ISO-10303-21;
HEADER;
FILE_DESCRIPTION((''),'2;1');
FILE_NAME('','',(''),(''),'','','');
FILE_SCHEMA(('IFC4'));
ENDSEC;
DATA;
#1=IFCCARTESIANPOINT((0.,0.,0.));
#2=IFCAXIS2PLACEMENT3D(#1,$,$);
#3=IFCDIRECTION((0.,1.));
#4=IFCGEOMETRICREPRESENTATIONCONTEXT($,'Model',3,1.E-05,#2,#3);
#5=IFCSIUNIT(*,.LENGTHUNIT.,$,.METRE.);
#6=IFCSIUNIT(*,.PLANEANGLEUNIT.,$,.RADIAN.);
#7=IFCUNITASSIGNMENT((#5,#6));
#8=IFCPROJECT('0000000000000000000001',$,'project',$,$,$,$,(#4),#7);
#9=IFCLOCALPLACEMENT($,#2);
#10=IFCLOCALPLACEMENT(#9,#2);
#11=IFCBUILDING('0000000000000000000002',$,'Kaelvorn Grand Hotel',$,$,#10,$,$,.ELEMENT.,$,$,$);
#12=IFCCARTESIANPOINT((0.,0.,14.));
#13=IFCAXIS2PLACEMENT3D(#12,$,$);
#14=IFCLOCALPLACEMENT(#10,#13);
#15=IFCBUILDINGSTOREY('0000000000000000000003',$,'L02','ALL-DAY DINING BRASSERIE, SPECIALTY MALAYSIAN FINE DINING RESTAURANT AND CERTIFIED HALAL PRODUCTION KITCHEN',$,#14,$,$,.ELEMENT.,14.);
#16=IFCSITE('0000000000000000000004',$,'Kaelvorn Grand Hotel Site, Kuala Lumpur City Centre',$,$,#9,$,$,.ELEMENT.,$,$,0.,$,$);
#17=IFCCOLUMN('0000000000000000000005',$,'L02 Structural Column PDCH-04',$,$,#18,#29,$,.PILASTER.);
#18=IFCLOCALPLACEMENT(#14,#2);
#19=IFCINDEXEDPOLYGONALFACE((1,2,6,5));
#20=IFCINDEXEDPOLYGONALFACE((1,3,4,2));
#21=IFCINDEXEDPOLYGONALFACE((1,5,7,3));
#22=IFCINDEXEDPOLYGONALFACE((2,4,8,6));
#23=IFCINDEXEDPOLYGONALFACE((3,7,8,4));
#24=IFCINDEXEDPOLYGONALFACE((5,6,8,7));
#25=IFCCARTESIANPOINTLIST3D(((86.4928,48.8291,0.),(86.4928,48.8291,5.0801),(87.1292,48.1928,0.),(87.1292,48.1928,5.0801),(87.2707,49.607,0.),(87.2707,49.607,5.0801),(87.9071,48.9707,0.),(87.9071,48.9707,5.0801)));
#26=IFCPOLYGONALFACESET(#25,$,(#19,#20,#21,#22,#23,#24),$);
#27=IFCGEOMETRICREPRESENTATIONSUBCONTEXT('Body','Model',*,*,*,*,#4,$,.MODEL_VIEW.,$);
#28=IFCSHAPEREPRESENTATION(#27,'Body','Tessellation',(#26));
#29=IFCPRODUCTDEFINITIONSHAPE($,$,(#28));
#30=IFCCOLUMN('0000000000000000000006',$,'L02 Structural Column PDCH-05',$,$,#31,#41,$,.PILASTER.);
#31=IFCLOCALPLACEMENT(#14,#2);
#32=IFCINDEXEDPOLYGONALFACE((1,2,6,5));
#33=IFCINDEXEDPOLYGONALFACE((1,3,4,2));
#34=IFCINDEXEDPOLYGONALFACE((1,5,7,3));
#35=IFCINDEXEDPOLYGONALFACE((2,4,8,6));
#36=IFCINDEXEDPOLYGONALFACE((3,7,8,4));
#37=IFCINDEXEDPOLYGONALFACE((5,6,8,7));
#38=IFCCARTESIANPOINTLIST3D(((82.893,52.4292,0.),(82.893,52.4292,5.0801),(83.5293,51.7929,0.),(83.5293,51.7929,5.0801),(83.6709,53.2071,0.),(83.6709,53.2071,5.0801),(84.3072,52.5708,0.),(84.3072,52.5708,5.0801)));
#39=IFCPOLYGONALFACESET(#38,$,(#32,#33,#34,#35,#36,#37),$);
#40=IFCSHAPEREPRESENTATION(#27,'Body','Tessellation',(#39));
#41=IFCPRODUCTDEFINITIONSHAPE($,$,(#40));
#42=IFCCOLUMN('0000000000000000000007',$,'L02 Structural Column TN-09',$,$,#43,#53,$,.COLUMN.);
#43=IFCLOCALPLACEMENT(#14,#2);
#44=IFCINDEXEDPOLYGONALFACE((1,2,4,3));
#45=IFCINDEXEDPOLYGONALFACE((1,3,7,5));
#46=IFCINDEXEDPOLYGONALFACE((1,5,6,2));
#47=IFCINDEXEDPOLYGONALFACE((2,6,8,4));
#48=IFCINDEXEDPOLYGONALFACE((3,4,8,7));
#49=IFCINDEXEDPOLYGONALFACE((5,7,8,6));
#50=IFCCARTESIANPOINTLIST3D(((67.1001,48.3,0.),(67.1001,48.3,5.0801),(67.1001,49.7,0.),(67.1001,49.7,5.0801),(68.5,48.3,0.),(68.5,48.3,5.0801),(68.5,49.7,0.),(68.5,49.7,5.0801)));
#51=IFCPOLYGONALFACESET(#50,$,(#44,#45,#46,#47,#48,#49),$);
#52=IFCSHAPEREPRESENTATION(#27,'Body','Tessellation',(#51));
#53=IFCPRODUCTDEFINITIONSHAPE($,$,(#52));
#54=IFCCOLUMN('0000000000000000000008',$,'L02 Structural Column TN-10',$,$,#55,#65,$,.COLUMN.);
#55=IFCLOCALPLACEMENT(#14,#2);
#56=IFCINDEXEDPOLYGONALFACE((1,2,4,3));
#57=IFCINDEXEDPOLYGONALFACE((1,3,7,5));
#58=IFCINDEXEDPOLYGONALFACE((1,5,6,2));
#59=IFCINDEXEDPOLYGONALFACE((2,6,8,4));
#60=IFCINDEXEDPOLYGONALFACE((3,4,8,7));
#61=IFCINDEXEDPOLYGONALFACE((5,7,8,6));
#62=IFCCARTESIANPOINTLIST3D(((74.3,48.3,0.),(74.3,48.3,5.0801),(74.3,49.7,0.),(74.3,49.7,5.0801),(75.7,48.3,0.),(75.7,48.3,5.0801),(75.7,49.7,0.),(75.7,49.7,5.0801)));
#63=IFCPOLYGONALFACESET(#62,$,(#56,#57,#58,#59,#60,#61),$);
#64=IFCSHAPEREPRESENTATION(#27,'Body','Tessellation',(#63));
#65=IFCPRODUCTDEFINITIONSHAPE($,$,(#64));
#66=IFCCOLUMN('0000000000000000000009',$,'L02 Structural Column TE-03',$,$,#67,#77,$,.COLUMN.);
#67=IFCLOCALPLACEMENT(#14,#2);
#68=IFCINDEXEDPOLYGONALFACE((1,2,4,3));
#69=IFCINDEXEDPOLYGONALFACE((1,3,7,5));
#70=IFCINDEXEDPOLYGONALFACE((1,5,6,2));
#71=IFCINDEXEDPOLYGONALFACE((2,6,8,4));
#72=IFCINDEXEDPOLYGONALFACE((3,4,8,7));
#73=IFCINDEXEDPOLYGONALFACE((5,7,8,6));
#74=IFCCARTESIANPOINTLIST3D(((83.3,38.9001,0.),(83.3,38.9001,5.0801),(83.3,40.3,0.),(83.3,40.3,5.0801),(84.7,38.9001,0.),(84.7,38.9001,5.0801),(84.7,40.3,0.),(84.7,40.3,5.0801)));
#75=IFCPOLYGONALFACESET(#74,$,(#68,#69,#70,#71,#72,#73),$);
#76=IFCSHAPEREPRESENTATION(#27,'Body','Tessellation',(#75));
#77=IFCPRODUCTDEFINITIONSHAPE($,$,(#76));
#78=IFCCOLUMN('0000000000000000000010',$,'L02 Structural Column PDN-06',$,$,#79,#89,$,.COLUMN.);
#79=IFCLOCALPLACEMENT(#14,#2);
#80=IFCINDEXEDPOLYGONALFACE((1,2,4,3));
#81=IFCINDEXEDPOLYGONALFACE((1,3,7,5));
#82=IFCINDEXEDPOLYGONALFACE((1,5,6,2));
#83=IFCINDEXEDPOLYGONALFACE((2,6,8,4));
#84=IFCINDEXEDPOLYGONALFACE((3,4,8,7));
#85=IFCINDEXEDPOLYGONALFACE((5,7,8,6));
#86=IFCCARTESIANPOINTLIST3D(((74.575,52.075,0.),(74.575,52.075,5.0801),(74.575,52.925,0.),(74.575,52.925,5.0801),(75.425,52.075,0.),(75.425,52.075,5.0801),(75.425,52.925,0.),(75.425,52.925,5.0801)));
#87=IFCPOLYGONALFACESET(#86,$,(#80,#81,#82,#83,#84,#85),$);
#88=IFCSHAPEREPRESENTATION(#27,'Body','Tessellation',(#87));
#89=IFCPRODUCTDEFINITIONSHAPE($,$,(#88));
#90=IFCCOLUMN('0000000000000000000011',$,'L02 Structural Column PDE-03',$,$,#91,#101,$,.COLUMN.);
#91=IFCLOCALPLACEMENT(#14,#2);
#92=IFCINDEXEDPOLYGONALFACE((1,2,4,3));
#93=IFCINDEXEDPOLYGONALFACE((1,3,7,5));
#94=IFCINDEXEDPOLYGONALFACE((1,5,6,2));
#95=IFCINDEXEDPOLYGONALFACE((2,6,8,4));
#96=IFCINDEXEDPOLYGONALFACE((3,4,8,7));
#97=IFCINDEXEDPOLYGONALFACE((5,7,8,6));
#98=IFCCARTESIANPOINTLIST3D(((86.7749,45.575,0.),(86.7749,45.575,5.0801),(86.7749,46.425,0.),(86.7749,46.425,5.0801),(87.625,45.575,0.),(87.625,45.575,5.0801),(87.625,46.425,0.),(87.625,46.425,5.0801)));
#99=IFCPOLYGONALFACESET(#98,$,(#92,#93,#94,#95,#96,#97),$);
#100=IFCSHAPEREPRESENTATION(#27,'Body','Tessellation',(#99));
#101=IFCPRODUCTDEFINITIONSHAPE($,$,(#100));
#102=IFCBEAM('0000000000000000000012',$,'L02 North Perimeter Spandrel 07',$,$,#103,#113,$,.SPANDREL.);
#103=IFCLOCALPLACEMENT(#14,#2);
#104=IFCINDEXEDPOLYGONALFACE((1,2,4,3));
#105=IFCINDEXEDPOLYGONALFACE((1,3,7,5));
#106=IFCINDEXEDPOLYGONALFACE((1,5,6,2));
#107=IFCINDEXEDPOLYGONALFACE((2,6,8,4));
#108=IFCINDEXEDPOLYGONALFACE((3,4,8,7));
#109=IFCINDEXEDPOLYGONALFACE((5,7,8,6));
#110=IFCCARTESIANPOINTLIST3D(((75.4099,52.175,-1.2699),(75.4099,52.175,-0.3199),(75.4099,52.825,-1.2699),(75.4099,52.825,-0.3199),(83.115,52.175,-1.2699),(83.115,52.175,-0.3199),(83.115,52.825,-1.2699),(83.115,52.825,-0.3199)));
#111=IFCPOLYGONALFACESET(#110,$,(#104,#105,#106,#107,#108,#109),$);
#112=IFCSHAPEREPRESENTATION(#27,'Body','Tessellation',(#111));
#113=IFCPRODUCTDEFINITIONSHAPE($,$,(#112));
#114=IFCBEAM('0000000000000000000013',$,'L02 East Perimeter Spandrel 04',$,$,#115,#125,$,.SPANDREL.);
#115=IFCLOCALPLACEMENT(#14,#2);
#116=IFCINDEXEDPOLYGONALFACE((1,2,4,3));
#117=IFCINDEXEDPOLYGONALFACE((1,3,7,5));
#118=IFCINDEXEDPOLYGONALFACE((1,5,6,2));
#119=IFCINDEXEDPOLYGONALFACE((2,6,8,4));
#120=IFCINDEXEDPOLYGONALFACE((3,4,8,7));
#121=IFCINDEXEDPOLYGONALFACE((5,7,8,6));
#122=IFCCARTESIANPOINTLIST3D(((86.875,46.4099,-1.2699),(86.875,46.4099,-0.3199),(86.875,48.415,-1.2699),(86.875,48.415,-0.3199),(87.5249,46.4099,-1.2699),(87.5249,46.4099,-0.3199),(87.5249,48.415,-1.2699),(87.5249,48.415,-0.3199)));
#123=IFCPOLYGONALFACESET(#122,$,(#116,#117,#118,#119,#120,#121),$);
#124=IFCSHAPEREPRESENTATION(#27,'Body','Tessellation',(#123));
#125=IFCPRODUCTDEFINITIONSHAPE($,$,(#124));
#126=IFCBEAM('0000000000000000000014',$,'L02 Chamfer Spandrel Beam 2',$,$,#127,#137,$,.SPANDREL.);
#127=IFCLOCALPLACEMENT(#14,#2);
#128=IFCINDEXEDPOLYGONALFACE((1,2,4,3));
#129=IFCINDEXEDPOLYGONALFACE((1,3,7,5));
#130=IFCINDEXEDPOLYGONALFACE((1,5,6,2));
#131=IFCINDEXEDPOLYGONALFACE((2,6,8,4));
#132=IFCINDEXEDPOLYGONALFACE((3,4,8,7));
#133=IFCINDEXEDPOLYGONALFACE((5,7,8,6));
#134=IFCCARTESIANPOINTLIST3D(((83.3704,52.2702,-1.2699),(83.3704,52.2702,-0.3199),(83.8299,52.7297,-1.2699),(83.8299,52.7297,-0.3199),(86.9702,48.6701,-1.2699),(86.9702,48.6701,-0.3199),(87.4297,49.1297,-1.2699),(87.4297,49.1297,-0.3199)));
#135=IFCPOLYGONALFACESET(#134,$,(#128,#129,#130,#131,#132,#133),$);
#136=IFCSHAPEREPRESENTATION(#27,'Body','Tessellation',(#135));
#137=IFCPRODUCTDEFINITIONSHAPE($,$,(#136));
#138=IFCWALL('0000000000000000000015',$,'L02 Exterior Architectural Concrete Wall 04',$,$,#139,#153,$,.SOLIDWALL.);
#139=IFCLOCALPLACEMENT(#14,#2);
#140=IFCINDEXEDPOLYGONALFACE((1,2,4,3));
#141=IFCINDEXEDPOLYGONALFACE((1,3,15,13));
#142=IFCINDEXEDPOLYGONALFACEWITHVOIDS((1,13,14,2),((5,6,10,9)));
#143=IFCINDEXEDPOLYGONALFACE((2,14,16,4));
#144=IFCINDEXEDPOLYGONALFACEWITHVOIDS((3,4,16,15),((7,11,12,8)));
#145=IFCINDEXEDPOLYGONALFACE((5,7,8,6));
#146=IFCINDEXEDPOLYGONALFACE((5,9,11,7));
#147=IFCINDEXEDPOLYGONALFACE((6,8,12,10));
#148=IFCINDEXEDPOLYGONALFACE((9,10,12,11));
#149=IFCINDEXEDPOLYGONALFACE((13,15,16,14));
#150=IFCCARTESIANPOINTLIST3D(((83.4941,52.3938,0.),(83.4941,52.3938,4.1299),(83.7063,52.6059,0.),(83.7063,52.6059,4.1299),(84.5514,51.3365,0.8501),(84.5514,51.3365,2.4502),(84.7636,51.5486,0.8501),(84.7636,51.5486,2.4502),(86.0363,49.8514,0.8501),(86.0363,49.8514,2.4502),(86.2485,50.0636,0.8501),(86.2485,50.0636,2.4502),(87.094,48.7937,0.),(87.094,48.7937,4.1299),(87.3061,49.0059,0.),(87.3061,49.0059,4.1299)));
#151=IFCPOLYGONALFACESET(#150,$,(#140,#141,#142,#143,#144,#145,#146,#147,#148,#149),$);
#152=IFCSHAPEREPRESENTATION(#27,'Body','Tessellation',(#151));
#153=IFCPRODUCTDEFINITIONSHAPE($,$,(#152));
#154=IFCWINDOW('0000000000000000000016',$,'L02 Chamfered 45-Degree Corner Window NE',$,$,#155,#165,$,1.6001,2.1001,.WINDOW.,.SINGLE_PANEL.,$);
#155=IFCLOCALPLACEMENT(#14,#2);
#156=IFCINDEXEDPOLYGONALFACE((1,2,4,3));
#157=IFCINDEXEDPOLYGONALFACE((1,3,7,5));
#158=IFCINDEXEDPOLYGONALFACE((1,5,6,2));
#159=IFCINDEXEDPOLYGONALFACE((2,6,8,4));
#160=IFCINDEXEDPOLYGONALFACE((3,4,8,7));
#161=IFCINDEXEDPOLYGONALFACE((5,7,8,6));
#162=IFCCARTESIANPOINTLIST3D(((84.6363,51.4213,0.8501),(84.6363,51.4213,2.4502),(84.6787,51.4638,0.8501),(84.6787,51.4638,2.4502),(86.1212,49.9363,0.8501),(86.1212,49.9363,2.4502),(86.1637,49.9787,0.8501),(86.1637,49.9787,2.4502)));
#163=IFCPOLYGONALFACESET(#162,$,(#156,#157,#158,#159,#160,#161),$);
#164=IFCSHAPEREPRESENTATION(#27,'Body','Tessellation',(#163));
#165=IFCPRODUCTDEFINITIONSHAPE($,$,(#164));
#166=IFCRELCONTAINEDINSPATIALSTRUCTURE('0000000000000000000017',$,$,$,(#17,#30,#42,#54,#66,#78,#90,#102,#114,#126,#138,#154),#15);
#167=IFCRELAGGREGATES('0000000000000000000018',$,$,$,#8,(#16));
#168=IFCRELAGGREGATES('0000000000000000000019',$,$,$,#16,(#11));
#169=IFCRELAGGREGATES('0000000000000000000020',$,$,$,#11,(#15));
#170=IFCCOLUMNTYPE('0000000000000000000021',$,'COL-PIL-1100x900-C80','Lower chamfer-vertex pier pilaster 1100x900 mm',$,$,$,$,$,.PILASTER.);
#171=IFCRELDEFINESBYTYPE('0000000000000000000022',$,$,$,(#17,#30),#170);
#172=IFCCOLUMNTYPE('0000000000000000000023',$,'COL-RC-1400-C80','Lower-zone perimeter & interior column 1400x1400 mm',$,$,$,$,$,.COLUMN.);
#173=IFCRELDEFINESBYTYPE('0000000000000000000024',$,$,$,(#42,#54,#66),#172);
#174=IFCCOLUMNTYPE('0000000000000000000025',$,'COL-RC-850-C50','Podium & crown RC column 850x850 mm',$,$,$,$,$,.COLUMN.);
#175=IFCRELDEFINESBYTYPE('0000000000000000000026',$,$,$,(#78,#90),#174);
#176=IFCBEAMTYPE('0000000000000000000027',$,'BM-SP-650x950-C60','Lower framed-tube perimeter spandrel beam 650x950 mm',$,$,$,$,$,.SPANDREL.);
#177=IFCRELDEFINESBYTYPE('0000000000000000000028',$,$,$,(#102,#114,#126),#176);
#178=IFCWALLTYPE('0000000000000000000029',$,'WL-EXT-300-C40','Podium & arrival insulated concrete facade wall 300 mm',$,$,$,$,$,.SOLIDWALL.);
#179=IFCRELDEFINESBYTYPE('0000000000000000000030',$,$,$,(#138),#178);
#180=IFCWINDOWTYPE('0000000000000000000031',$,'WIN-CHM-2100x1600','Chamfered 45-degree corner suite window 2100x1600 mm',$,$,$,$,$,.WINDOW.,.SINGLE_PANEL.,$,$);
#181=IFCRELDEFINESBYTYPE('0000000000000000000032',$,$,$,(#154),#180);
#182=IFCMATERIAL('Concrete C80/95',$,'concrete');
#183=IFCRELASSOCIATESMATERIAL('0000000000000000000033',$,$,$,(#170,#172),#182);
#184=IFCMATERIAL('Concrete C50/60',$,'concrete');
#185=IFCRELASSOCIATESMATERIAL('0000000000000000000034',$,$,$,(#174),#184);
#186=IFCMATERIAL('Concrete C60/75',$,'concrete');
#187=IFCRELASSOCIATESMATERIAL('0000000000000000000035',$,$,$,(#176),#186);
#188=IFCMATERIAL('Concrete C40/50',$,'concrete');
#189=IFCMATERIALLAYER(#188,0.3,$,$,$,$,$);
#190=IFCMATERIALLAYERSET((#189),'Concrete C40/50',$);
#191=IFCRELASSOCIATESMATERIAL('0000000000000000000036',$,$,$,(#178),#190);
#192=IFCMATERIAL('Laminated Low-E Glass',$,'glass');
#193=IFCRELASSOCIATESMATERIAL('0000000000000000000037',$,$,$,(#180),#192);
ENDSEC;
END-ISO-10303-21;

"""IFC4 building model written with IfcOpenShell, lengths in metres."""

from ifc_helpers import new_model, si_unit, direction, frame, frame_2d, origin, origin_2d, place, context, subcontext, project, spatial, rectangle, extrude, material, layer, layer_set, material_profile, profile_set, type_object, element, fill, save


model = new_model("IFC4")

# Units and contexts
model_context = context("Model", 3, precision=1e-05, world=origin(), true_north=direction((0.0, 1.0)))
body_context = subcontext(model_context, "Body", "Model", "MODEL_VIEW")
ifc_project = project(units=[si_unit("LENGTHUNIT", "METRE"), si_unit("PLANEANGLEUNIT", "RADIAN")], contexts=[model_context])

# Site, building, storey
site_placement = place(None, origin())
site = spatial("IfcSite", under=ifc_project, at=site_placement, Name="Kaelvorn Grand Hotel Site, Kuala Lumpur City Centre", CompositionType="ELEMENT", RefElevation=0.0)
building_placement = place(site_placement, origin())
building = spatial("IfcBuilding", under=site, at=building_placement, Name="Kaelvorn Grand Hotel", CompositionType="ELEMENT")
storey_placement = place(building_placement, frame((0.0, 0.0, 14.0)))
storey = spatial("IfcBuildingStorey", under=building, at=storey_placement, Name="L02", Description="ALL-DAY DINING BRASSERIE, SPECIALTY MALAYSIAN FINE DINING RESTAURANT AND CERTIFIED HALAL PRODUCTION KITCHEN", CompositionType="ELEMENT", Elevation=14.0)

# Columns
ifc_material_1 = material(Name="Concrete C80/95", Category="concrete")
ifc_material_profile_1 = material_profile(ifc_material_1, rectangle(XDim=1.1001, YDim=0.8999, at=origin_2d()), Name="RC PILASTER 1100x900")
ifc_profile_set_1 = profile_set([ifc_material_profile_1], Name="Concrete C80/95")
column_type_1 = type_object("IfcColumnType", Name="COL-PIL-1100x900-C80", Description="Lower chamfer-vertex pier pilaster 1100x900 mm", PredefinedType="PILASTER", material=ifc_profile_set_1)
for number, where, z_axis, x_axis, name in (
    (1, (87.2, 48.8999, 0.0), (0.0, 0.0, 1.0), (0.707107, 0.707107, 0.0), "L02 Structural Column PDCH-04"),
    (2, (83.6001, 52.5, 0.0), (0.0, 0.0, 1.0), (0.707107, 0.707107, 0.0), "L02 Structural Column PDCH-05"),
):
    element("IfcColumn", number, at=place(storey_placement, frame(where, z_axis=z_axis, x_axis=x_axis)), inside=storey, type_object=column_type_1, Name=name, PredefinedType="PILASTER", context=body_context, shape_type="SweptSolid", body=[
        extrude(rectangle(XDim=1.1001, YDim=0.8999, at=origin_2d()), origin(), (0.0, 0.0, 1.0), 5.0801),
    ])
ifc_material_profile_2 = material_profile(ifc_material_1, rectangle(XDim=1.3999, YDim=1.3999, at=origin_2d()), Name="RC COL 1400x1400")
ifc_profile_set_2 = profile_set([ifc_material_profile_2], Name="Concrete C80/95")
column_type_2 = type_object("IfcColumnType", Name="COL-RC-1400-C80", Description="Lower-zone perimeter & interior column 1400x1400 mm", PredefinedType="COLUMN", material=ifc_profile_set_2)
for number, where, z_axis, x_axis, name in (
    (3, (67.8, 49.0, 0.0), (0.0, 0.0, 1.0), (1.0, 0.0, 0.0), "L02 Structural Column TN-09"),
    (4, (75.0, 49.0, 0.0), (0.0, 0.0, 1.0), (1.0, 0.0, 0.0), "L02 Structural Column TN-10"),
    (5, (84.0, 39.6001, 0.0), (0.0, 0.0, 1.0), (1.0, 0.0, 0.0), "L02 Structural Column TE-03"),
):
    element("IfcColumn", number, at=place(storey_placement, frame(where, z_axis=z_axis, x_axis=x_axis)), inside=storey, type_object=column_type_2, Name=name, PredefinedType="COLUMN", context=body_context, shape_type="SweptSolid", body=[
        extrude(rectangle(XDim=1.3999, YDim=1.3999, at=origin_2d()), origin(), (0.0, 0.0, 1.0), 5.0801),
    ])
ifc_material_2 = material(Name="Concrete C50/60", Category="concrete")
ifc_material_profile_3 = material_profile(ifc_material_2, rectangle(XDim=0.8501, YDim=0.8501, at=origin_2d()), Name="RC COL 850x850")
ifc_profile_set_3 = profile_set([ifc_material_profile_3], Name="Concrete C50/60")
column_type_3 = type_object("IfcColumnType", Name="COL-RC-850-C50", Description="Podium & crown RC column 850x850 mm", PredefinedType="COLUMN", material=ifc_profile_set_3)
for number, where, z_axis, x_axis, name in (
    (6, (75.0, 52.5, 0.0), (0.0, 0.0, 1.0), (1.0, 0.0, 0.0), "L02 Structural Column PDN-06"),
    (7, (87.2, 46.0, 0.0), (0.0, 0.0, 1.0), (1.0, 0.0, 0.0), "L02 Structural Column PDE-03"),
):
    element("IfcColumn", number, at=place(storey_placement, frame(where, z_axis=z_axis, x_axis=x_axis)), inside=storey, type_object=column_type_3, Name=name, PredefinedType="COLUMN", context=body_context, shape_type="SweptSolid", body=[
        extrude(rectangle(XDim=0.8501, YDim=0.8501, at=origin_2d()), origin(), (0.0, 0.0, 1.0), 5.0801),
    ])

# Beams
ifc_material_3 = material(Name="Concrete C60/75", Category="concrete")
ifc_material_profile_4 = material_profile(ifc_material_3, rectangle(XDim=0.6499, YDim=0.95, at=origin_2d()), Name="RC SPANDREL 650x950")
ifc_profile_set_4 = profile_set([ifc_material_profile_4], Name="Concrete C60/75")
beam_type = type_object("IfcBeamType", Name="BM-SP-650x950-C60", Description="Lower framed-tube perimeter spandrel beam 650x950 mm", PredefinedType="SPANDREL", material=ifc_profile_set_4)
beam_1_placement = place(storey_placement, frame((75.4099, 52.5, -0.7949), z_axis=(1.0, 0.0, 0.0), x_axis=(0.0, 1.0, 0.0)))
element("IfcBeam", 8, at=beam_1_placement, inside=storey, type_object=beam_type, Name="L02 North Perimeter Spandrel 07", PredefinedType="SPANDREL", context=body_context, shape_type="SweptSolid", body=[
    extrude(rectangle(XDim=0.6499, YDim=0.95, at=origin_2d()), origin(), (0.0, 0.0, 1.0), 7.7051),
])
beam_2_placement = place(storey_placement, frame((87.2, 46.4099, -0.7949), z_axis=(0.0, 1.0, 0.0), x_axis=(-1.0, 0.0, 0.0)))
element("IfcBeam", 9, at=beam_2_placement, inside=storey, type_object=beam_type, Name="L02 East Perimeter Spandrel 04", PredefinedType="SPANDREL", context=body_context, shape_type="SweptSolid", body=[
    extrude(rectangle(XDim=0.6499, YDim=0.95, at=origin_2d()), origin(), (0.0, 0.0, 1.0), 2.0051),
])
beam_3_placement = place(storey_placement, frame((87.2, 48.8999, -0.7949), z_axis=(-0.707083, 0.707131, 0.0), x_axis=(-0.707131, -0.707083, 0.0)))
element("IfcBeam", 10, at=beam_3_placement, inside=storey, type_object=beam_type, Name="L02 Chamfer Spandrel Beam 2", PredefinedType="SPANDREL", context=body_context, shape_type="SweptSolid", body=[
    extrude(rectangle(XDim=0.6499, YDim=0.95, at=origin_2d()), origin(), (0.0, 0.0, 1.0), 5.0911),
])

# Wall, opening, window
ifc_material_4 = material(Name="Concrete C40/50", Category="concrete")
ifc_layer_1 = layer(ifc_material_4, 0.3)
ifc_layer_set_1 = layer_set([ifc_layer_1], Name="Concrete C40/50")
wall_type_1 = type_object("IfcWallType", Name="WL-EXT-300-C40", Description="Podium & arrival insulated concrete facade wall 300 mm", PredefinedType="SOLIDWALL", material=ifc_layer_set_1)
wall_1_placement = place(storey_placement, frame((87.2, 48.8999, 0.0), z_axis=(0.0, 0.0, 1.0), x_axis=(-0.707083, 0.707131, 0.0)))
wall_1 = element("IfcWall", 11, at=wall_1_placement, inside=storey, type_object=wall_type_1, Name="L02 Exterior Architectural Concrete Wall 04", PredefinedType="SOLIDWALL", context=body_context, shape_type="SweptSolid", body=[
    extrude(rectangle(XDim=5.0911, YDim=0.3, at=frame_2d((2.5454, 0.0))), origin(), (0.0, 0.0, 1.0), 4.1299),
])
opening_1_placement = place(wall_1_placement, frame((1.4956, 0.0, 0.8501)))
opening_1 = element("IfcOpeningElement", 12, at=opening_1_placement, cuts=wall_1, PredefinedType="OPENING", context=body_context, shape_type="SweptSolid", body=[
    extrude(rectangle(XDim=2.1001, YDim=1.6001, at=frame_2d((1.05, 0.8))), frame((0.0, 0.1602, 0.0), z_axis=(0.0, -1.0, 0.0), x_axis=(1.0, 0.0, 0.0)), (0.0, 0.0, 1.0), 0.3201),
])
ifc_material_5 = material(Name="Laminated Low-E Glass", Category="glass")
window_type_1 = type_object("IfcWindowType", Name="WIN-CHM-2100x1600", Description="Chamfered 45-degree corner suite window 2100x1600 mm", PartitioningType="SINGLE_PANEL", PredefinedType="WINDOW", material=ifc_material_5)
window_1_placement = place(opening_1_placement, origin())
window_1 = element("IfcWindow", 13, at=window_1_placement, inside=storey, type_object=window_type_1, Name="L02 Chamfered 45-Degree Corner Window NE", OverallHeight=1.6001, OverallWidth=2.1001, PartitioningType="SINGLE_PANEL", PredefinedType="WINDOW", context=body_context, shape_type="SweptSolid", body=[
    extrude(rectangle(XDim=2.1001, YDim=1.6001, at=frame_2d((1.05, 0.8))), frame((0.0, 0.03, 0.0), z_axis=(0.0, -1.0, 0.0), x_axis=(1.0, 0.0, 0.0)), (0.0, 0.0, 1.0), 0.0601),
])
fill(opening_1, window_1)

save(model, "model.ifc")
